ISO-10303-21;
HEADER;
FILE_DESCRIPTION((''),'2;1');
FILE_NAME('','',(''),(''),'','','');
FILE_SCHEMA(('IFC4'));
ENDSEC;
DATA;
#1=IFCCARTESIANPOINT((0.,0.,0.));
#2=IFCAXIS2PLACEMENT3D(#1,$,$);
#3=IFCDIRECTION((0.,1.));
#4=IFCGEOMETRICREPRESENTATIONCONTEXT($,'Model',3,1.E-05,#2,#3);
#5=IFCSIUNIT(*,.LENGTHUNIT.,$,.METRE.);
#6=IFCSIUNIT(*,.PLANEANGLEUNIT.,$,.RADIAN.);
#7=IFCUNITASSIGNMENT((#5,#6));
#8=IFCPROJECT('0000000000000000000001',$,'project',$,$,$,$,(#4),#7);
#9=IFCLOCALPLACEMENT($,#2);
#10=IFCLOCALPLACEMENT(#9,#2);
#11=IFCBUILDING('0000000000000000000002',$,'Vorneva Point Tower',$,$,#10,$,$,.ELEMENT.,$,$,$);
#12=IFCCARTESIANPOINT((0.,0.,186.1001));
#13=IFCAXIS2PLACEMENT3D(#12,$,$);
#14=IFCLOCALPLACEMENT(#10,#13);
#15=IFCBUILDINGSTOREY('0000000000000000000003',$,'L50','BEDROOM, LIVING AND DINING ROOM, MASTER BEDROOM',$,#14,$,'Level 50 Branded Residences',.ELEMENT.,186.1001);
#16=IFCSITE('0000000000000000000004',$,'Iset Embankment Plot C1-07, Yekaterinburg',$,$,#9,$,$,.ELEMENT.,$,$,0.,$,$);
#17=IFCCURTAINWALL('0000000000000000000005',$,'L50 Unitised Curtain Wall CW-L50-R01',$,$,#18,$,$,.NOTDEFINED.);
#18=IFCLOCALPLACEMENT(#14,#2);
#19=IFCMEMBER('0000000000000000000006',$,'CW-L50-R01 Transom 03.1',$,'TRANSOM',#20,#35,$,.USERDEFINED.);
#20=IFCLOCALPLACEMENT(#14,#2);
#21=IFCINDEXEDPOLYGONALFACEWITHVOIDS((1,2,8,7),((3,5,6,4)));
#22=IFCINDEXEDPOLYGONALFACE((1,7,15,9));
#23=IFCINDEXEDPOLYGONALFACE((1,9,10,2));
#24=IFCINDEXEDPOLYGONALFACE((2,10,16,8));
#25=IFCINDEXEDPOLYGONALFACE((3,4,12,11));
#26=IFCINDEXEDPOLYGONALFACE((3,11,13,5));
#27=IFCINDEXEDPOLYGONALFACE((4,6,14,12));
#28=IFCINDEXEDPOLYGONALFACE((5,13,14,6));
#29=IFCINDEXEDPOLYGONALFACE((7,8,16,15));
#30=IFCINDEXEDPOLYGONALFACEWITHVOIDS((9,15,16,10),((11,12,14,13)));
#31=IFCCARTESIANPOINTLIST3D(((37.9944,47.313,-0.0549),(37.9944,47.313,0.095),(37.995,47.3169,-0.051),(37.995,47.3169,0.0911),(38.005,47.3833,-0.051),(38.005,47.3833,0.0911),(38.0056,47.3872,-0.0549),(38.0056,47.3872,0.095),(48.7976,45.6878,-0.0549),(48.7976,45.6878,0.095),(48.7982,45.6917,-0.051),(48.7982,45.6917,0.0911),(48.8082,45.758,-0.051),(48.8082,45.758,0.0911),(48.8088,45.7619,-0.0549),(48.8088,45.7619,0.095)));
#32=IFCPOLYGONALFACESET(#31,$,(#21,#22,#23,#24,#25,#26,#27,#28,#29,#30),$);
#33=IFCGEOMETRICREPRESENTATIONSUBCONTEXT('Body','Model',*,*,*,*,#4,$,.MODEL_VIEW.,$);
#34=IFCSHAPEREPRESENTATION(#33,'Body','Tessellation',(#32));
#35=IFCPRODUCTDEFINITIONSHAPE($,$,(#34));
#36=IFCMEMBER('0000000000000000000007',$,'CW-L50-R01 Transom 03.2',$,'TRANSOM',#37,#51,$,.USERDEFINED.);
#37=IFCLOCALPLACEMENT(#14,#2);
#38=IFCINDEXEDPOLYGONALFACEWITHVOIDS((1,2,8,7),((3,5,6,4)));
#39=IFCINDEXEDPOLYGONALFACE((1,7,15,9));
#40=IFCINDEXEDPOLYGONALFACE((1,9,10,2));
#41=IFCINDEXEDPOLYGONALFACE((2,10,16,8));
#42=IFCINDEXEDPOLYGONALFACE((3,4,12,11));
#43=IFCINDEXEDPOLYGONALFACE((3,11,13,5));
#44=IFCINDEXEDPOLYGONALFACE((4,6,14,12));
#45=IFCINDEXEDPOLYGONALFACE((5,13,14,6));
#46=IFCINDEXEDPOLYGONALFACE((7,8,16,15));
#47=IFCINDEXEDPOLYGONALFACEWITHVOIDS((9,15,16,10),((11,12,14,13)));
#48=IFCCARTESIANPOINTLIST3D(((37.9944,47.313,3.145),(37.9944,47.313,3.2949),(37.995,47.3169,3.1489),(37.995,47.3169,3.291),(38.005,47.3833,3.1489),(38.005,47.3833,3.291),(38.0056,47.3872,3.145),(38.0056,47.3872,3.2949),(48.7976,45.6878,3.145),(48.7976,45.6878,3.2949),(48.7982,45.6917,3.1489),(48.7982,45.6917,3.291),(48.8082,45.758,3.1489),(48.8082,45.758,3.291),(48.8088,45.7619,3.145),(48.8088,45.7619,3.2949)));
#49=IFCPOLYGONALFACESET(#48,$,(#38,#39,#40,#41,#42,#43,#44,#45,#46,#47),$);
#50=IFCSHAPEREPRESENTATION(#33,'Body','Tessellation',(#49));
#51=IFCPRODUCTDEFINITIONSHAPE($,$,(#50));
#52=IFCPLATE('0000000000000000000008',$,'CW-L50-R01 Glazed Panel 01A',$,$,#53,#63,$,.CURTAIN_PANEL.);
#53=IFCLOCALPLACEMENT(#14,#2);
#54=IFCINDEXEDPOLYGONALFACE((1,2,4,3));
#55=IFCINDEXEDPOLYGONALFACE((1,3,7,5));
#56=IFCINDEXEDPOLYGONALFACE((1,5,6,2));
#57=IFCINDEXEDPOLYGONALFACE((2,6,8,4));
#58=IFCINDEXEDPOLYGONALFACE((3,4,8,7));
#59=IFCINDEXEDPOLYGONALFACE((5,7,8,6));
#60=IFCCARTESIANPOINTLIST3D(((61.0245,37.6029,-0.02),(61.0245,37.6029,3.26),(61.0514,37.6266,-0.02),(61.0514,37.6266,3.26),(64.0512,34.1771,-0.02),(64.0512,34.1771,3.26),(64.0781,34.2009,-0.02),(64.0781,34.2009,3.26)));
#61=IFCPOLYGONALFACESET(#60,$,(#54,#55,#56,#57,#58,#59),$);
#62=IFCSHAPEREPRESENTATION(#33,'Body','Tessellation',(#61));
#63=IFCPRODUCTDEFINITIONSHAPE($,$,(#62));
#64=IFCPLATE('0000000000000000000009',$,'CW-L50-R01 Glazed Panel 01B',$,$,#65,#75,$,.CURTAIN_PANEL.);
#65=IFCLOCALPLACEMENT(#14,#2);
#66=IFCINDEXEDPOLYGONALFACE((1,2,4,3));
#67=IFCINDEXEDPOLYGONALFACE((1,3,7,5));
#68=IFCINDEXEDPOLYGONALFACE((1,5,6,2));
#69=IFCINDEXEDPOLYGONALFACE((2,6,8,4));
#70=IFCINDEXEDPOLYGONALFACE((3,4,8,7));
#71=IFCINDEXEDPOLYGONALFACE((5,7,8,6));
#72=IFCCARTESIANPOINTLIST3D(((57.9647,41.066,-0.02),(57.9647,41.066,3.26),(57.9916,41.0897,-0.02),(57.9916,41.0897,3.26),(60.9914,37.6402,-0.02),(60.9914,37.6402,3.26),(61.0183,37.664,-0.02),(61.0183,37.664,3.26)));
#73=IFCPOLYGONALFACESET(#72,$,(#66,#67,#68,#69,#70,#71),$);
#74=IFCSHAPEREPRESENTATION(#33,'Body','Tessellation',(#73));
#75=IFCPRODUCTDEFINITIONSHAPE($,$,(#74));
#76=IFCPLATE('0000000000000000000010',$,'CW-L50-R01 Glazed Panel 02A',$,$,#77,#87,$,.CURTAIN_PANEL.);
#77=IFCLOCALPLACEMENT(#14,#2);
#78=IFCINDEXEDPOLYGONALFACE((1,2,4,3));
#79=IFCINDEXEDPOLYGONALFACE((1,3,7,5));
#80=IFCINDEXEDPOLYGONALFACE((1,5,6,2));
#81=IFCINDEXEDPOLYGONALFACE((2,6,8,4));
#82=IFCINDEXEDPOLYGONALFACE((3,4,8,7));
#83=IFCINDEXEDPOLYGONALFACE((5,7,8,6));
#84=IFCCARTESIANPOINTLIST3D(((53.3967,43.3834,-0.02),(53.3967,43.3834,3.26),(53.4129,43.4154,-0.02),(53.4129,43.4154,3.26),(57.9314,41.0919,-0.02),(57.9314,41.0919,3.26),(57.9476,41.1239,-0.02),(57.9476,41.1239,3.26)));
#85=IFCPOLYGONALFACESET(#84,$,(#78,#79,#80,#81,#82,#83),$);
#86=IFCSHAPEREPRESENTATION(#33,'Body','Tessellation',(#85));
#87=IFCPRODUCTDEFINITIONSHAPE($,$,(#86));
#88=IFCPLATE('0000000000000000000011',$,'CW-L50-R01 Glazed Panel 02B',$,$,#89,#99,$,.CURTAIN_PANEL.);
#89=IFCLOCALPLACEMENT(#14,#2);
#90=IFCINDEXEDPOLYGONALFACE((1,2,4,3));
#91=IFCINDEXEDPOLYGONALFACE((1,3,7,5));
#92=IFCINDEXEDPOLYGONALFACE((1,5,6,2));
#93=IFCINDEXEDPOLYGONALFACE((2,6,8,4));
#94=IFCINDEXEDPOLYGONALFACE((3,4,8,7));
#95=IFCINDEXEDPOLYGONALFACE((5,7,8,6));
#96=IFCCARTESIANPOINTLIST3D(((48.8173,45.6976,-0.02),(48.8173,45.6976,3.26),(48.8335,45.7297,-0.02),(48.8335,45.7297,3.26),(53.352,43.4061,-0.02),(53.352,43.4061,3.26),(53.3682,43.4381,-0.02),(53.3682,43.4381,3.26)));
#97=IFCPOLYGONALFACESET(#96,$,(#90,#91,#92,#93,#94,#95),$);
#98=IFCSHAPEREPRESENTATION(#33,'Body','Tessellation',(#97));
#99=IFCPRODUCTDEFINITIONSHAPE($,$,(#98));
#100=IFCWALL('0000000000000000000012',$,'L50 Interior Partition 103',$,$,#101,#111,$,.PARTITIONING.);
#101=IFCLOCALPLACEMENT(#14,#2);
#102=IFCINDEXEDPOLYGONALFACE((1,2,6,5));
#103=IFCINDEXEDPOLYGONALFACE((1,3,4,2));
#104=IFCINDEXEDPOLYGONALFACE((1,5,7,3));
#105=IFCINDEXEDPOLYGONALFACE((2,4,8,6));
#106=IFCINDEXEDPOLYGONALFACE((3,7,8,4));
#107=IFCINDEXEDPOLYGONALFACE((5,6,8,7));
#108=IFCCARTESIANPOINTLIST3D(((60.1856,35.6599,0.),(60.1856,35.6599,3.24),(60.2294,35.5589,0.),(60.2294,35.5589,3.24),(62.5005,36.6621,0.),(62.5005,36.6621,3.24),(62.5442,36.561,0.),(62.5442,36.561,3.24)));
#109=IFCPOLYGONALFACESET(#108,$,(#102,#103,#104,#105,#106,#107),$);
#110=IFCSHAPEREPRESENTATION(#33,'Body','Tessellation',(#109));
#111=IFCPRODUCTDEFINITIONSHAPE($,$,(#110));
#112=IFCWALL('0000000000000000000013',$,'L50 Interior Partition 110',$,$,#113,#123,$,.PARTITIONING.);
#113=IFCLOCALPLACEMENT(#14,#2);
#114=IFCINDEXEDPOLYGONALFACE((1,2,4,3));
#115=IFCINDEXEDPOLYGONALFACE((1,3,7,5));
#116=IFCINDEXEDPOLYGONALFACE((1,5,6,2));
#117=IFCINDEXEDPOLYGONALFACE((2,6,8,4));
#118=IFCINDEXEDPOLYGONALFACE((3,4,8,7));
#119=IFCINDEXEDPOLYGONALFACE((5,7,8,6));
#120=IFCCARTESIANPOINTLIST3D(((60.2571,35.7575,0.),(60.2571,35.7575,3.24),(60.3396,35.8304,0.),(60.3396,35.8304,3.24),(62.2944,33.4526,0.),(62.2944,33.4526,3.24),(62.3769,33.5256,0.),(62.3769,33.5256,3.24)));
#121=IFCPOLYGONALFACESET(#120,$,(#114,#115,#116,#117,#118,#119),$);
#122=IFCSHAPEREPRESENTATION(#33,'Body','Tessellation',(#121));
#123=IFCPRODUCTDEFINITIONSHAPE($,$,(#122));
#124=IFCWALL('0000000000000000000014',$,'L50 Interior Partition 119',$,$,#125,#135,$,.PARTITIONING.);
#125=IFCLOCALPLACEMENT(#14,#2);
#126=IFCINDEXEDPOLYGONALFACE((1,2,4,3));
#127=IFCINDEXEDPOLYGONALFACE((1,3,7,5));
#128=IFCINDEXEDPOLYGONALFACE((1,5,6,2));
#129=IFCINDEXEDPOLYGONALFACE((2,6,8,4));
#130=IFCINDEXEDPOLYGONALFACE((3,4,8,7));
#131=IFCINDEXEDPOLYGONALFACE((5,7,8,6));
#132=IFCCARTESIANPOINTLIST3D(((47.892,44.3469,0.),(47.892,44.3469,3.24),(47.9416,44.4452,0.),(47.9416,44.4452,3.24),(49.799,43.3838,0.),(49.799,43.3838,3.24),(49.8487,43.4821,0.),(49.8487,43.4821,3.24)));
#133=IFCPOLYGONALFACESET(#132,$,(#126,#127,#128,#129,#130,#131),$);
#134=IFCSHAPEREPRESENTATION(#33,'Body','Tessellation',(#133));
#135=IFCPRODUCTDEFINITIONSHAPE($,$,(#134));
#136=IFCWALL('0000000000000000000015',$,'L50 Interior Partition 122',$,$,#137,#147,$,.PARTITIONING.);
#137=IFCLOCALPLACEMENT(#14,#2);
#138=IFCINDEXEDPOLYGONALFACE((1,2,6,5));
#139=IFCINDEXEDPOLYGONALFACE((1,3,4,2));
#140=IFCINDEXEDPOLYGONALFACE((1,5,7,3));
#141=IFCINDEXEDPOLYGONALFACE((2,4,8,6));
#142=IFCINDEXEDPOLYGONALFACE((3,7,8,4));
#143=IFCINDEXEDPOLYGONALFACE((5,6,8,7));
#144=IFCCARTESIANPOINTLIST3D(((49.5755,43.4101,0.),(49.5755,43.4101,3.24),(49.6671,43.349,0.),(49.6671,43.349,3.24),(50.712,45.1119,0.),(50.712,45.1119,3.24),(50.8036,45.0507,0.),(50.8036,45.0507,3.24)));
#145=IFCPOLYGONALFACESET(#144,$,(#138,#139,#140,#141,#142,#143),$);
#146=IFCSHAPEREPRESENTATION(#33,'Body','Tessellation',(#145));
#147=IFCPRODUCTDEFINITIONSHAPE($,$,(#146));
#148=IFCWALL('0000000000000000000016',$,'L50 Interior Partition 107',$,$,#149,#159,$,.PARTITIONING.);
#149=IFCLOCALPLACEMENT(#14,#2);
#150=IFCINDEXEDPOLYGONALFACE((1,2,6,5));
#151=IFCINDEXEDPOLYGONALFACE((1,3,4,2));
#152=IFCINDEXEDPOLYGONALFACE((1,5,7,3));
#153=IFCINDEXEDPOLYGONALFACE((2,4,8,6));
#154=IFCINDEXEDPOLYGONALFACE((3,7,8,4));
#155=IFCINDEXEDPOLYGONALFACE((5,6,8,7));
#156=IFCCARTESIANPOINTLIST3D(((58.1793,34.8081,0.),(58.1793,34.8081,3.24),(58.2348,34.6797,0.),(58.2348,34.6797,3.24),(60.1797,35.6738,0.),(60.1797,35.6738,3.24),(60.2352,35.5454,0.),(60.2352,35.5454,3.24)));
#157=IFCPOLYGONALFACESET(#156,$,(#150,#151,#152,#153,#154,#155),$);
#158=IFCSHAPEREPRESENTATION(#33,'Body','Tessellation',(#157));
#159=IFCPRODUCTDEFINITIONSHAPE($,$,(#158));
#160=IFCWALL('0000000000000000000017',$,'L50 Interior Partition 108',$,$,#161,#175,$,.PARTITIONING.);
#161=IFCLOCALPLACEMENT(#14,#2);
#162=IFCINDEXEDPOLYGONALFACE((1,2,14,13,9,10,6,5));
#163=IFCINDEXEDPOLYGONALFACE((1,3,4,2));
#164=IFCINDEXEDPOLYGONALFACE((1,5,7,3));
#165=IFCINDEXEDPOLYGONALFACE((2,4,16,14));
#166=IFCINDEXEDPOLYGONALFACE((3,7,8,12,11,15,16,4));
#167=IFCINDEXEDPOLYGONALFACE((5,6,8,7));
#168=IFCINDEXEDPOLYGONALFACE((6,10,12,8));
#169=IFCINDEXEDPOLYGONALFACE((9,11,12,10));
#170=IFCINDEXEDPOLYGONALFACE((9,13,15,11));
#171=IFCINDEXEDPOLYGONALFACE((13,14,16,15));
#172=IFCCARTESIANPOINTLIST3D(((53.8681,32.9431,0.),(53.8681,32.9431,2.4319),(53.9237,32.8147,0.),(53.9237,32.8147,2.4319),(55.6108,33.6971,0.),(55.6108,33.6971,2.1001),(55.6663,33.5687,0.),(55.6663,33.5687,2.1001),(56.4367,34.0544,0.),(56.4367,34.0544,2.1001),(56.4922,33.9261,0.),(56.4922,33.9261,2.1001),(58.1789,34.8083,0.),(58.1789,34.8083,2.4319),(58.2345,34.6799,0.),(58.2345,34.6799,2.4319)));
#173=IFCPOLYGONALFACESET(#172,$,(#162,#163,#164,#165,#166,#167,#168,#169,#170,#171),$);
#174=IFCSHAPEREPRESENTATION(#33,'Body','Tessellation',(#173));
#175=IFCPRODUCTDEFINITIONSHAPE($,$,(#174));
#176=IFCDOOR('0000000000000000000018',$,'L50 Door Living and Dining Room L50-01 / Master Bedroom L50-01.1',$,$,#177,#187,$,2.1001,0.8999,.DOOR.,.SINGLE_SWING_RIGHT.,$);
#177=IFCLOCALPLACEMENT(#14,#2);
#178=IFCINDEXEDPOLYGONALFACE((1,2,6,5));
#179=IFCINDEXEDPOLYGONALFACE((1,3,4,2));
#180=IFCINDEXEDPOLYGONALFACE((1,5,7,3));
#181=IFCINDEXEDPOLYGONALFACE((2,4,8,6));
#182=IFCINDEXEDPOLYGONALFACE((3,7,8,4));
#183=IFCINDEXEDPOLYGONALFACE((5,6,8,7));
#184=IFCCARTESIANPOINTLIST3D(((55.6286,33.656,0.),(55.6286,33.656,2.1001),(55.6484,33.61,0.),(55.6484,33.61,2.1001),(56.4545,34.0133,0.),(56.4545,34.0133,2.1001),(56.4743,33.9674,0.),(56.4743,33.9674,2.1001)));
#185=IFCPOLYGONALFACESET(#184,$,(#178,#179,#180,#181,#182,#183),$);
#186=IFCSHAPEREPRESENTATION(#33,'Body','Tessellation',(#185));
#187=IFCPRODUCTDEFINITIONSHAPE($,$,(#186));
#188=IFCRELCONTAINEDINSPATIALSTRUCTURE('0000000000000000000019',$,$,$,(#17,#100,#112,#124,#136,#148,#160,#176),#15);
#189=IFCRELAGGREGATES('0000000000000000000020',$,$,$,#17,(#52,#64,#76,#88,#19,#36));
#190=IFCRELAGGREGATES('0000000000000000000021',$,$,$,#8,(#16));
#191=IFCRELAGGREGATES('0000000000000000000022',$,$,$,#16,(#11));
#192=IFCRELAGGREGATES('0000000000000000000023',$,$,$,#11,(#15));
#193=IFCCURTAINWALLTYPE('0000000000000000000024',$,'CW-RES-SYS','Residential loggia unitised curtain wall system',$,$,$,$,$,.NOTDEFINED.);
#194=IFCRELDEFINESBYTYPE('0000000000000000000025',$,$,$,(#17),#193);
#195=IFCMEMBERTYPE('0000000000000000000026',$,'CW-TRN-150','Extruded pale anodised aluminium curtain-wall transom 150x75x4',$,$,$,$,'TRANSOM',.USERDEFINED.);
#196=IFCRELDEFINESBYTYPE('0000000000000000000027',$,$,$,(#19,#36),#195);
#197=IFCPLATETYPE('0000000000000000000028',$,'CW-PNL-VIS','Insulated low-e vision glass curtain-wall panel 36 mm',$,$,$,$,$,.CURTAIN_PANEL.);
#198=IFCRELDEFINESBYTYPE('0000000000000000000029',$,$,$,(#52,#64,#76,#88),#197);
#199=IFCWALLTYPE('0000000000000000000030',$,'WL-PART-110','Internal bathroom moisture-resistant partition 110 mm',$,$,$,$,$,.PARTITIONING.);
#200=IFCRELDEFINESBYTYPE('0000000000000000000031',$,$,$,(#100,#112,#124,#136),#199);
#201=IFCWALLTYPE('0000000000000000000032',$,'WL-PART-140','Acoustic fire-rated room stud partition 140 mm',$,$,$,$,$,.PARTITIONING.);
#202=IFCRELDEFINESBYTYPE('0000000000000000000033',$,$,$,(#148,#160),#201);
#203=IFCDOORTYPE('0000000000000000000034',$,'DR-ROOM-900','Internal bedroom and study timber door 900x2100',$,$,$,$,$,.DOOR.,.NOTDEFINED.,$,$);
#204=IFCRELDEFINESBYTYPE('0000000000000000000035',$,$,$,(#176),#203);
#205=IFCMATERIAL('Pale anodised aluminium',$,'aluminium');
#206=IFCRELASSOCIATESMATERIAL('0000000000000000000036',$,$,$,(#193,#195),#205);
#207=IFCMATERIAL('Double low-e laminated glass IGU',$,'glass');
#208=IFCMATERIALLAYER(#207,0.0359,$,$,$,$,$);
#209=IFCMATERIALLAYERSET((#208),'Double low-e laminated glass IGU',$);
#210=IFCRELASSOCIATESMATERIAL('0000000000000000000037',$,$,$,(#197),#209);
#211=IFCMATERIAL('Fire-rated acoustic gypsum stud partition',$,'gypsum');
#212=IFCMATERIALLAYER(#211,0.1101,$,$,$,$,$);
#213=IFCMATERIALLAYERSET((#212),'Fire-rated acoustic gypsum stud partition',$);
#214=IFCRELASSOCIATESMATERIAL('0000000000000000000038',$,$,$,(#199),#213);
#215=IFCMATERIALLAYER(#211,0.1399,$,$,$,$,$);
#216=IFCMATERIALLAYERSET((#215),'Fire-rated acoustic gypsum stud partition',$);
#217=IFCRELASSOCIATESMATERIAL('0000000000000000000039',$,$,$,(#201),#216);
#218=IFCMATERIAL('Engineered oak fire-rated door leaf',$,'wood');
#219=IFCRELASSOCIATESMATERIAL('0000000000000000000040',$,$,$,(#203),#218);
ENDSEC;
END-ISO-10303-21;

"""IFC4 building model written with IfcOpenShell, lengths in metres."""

from ifc_helpers import new_model, si_unit, direction, frame, frame_2d, origin, origin_2d, place, context, subcontext, project, spatial, rectangle, hollow_rectangle, extrude, material, layer, layer_set, material_profile, profile_set, type_object, element, fill, aggregate, save


model = new_model("IFC4")

# Units and contexts
model_context = context("Model", 3, precision=1e-05, world=origin(), true_north=direction((0.0, 1.0)))
body_context = subcontext(model_context, "Body", "Model", "MODEL_VIEW")
ifc_project = project(units=[si_unit("LENGTHUNIT", "METRE"), si_unit("PLANEANGLEUNIT", "RADIAN")], contexts=[model_context])

# Site, building, storey
site_placement = place(None, origin())
site = spatial("IfcSite", under=ifc_project, at=site_placement, Name="Iset Embankment Plot C1-07, Yekaterinburg", CompositionType="ELEMENT", RefElevation=0.0)
building_placement = place(site_placement, origin())
building = spatial("IfcBuilding", under=site, at=building_placement, Name="Vorneva Point Tower", CompositionType="ELEMENT")
storey_placement = place(building_placement, frame((0.0, 0.0, 186.1001)))
storey = spatial("IfcBuildingStorey", under=building, at=storey_placement, Name="L50", Description="BEDROOM, LIVING AND DINING ROOM, MASTER BEDROOM", LongName="Level 50 Branded Residences", CompositionType="ELEMENT", Elevation=186.1001)

# Curtain wall, members, plates
ifc_material_1 = material(Name="Pale anodised aluminium", Category="aluminium")
curtain_wall_type = type_object("IfcCurtainWallType", Name="CW-RES-SYS", Description="Residential loggia unitised curtain wall system", PredefinedType="NOTDEFINED", material=ifc_material_1)
curtain_wall_placement = place(storey_placement, origin())
curtain_wall = element("IfcCurtainWall", 1, at=curtain_wall_placement, inside=storey, type_object=curtain_wall_type, Name="L50 Unitised Curtain Wall CW-L50-R01", PredefinedType="NOTDEFINED")
ifc_material_profile_1 = material_profile(ifc_material_1, hollow_rectangle(XDim=0.075, YDim=0.1499, WallThickness=0.0039, at=origin_2d()), Name="AL-TRN 150x75x4")
ifc_profile_set_1 = profile_set([ifc_material_profile_1], Name="Pale anodised aluminium")
member_type_1 = type_object("IfcMemberType", Name="CW-TRN-150", Description="Extruded pale anodised aluminium curtain-wall transom 150x75x4", ElementType="TRANSOM", PredefinedType="USERDEFINED", material=ifc_profile_set_1)
member_1_placement = place(storey_placement, frame((48.8032, 45.7249, 0.02), z_axis=(-0.988872, 0.148767, 0.0), x_axis=(-0.148767, -0.988872, 0.0)))
member_1 = element("IfcMember", 2, at=member_1_placement, type_object=member_type_1, Name="CW-L50-R01 Transom 03.1", ObjectType="TRANSOM", PredefinedType="USERDEFINED", context=body_context, shape_type="SweptSolid", body=[
    extrude(hollow_rectangle(XDim=0.075, YDim=0.1499, WallThickness=0.0039, at=origin_2d()), origin(), (0.0, 0.0, 1.0), 10.9248),
])
member_2_placement = place(storey_placement, frame((48.8032, 45.7249, 3.22), z_axis=(-0.988872, 0.148767, 0.0), x_axis=(-0.148767, -0.988872, 0.0)))
member_2 = element("IfcMember", 3, at=member_2_placement, type_object=member_type_1, Name="CW-L50-R01 Transom 03.2", ObjectType="TRANSOM", PredefinedType="USERDEFINED", context=body_context, shape_type="SweptSolid", body=[
    extrude(hollow_rectangle(XDim=0.075, YDim=0.1499, WallThickness=0.0039, at=origin_2d()), origin(), (0.0, 0.0, 1.0), 10.9248),
])
ifc_material_2 = material(Name="Double low-e laminated glass IGU", Category="glass")
ifc_layer_1 = layer(ifc_material_2, 0.0359)
ifc_layer_set_1 = layer_set([ifc_layer_1], Name="Double low-e laminated glass IGU")
plate_type = type_object("IfcPlateType", Name="CW-PNL-VIS", Description="Insulated low-e vision glass curtain-wall panel 36 mm", PredefinedType="CURTAIN_PANEL", material=ifc_layer_set_1)
plate_1_placement = place(storey_placement, frame((62.5513, 35.9019, -0.02), z_axis=(0.0, 0.0, 1.0), x_axis=(-0.66211, 0.749407, 0.0)))
plate_1 = element("IfcPlate", 4, at=plate_1_placement, type_object=plate_type, Name="CW-L50-R01 Glazed Panel 01A", PredefinedType="CURTAIN_PANEL", context=body_context, shape_type="SweptSolid", body=[
    extrude(rectangle(XDim=4.5713, YDim=0.0359, at=origin_2d()), origin(), (0.0, 0.0, 1.0), 3.28),
])
plate_2_placement = place(storey_placement, frame((59.4915, 39.365, -0.02), z_axis=(0.0, 0.0, 1.0), x_axis=(-0.66211, 0.749407, 0.0)))
plate_2 = element("IfcPlate", 5, at=plate_2_placement, type_object=plate_type, Name="CW-L50-R01 Glazed Panel 01B", PredefinedType="CURTAIN_PANEL", context=body_context, shape_type="SweptSolid", body=[
    extrude(rectangle(XDim=4.5713, YDim=0.0359, at=origin_2d()), origin(), (0.0, 0.0, 1.0), 3.28),
])
plate_3_placement = place(storey_placement, frame((55.6721, 42.2537, -0.02), z_axis=(0.0, 0.0, 1.0), x_axis=(-0.892515, 0.451018, 0.0)))
plate_3 = element("IfcPlate", 6, at=plate_3_placement, type_object=plate_type, Name="CW-L50-R01 Glazed Panel 02A", PredefinedType="CURTAIN_PANEL", context=body_context, shape_type="SweptSolid", body=[
    extrude(rectangle(XDim=5.0808, YDim=0.0359, at=origin_2d()), origin(), (0.0, 0.0, 1.0), 3.28),
])
plate_4_placement = place(storey_placement, frame((51.0928, 44.5679, -0.02), z_axis=(0.0, 0.0, 1.0), x_axis=(-0.892515, 0.451018, 0.0)))
plate_4 = element("IfcPlate", 7, at=plate_4_placement, type_object=plate_type, Name="CW-L50-R01 Glazed Panel 02B", PredefinedType="CURTAIN_PANEL", context=body_context, shape_type="SweptSolid", body=[
    extrude(rectangle(XDim=5.0808, YDim=0.0359, at=origin_2d()), origin(), (0.0, 0.0, 1.0), 3.28),
])
aggregate(curtain_wall, [plate_1, plate_2, plate_3, plate_4, member_1, member_2])

# Walls
ifc_material_3 = material(Name="Fire-rated acoustic gypsum stud partition", Category="gypsum")
ifc_layer_2 = layer(ifc_material_3, 0.1101)
ifc_layer_set_2 = layer_set([ifc_layer_2], Name="Fire-rated acoustic gypsum stud partition")
wall_type_1 = type_object("IfcWallType", Name="WL-PART-110", Description="Internal bathroom moisture-resistant partition 110 mm", PredefinedType="PARTITIONING", material=ifc_layer_set_2)
wall_1_placement = place(storey_placement, frame((60.2075, 35.6094, 0.0), z_axis=(0.0, 0.0, 1.0), x_axis=(0.917692, 0.397292, 0.0)))
element("IfcWall", 8, at=wall_1_placement, inside=storey, type_object=wall_type_1, Name="L50 Interior Partition 103", PredefinedType="PARTITIONING", context=body_context, shape_type="SweptSolid", body=[
    extrude(rectangle(XDim=2.5225, YDim=0.1101, at=frame_2d((1.2612, 0.0))), origin(), (0.0, 0.0, 1.0), 3.24),
])
wall_2_placement = place(storey_placement, frame((60.2983, 35.7939, 0.0), z_axis=(0.0, 0.0, 1.0), x_axis=(0.662278, -0.749259, 0.0)))
element("IfcWall", 9, at=wall_2_placement, inside=storey, type_object=wall_type_1, Name="L50 Interior Partition 110", PredefinedType="PARTITIONING", context=body_context, shape_type="SweptSolid", body=[
    extrude(rectangle(XDim=3.0762, YDim=0.1101, at=frame_2d((1.5381, 0.0))), origin(), (0.0, 0.0, 1.0), 3.24),
])
wall_3_placement = place(storey_placement, frame((49.824, 43.4329, 0.0), z_axis=(0.0, 0.0, 1.0), x_axis=(-0.892614, 0.450821, 0.0)))
element("IfcWall", 10, at=wall_3_placement, inside=storey, type_object=wall_type_1, Name="L50 Interior Partition 119", PredefinedType="PARTITIONING", context=body_context, shape_type="SweptSolid", body=[
    extrude(rectangle(XDim=2.1365, YDim=0.1101, at=frame_2d((1.0684, 0.0))), origin(), (0.0, 0.0, 1.0), 3.24),
])
wall_4_placement = place(storey_placement, frame((50.7578, 45.0813, 0.0), z_axis=(0.0, 0.0, 1.0), x_axis=(-0.555388, -0.831591, 0.0)))
element("IfcWall", 11, at=wall_4_placement, inside=storey, type_object=wall_type_1, Name="L50 Interior Partition 122", PredefinedType="PARTITIONING", context=body_context, shape_type="SweptSolid", body=[
    extrude(rectangle(XDim=2.0464, YDim=0.1101, at=frame_2d((1.0232, 0.0))), origin(), (0.0, 0.0, 1.0), 3.24),
])
ifc_layer_3 = layer(ifc_material_3, 0.1399)
ifc_layer_set_3 = layer_set([ifc_layer_3], Name="Fire-rated acoustic gypsum stud partition")
wall_type_2 = type_object("IfcWallType", Name="WL-PART-140", Description="Acoustic fire-rated room stud partition 140 mm", PredefinedType="PARTITIONING", material=ifc_layer_set_3)
wall_5_placement = place(storey_placement, frame((58.207, 34.7439, 0.0), z_axis=(0.0, 0.0, 1.0), x_axis=(0.917749, 0.397161, 0.0)))
element("IfcWall", 12, at=wall_5_placement, inside=storey, type_object=wall_type_2, Name="L50 Interior Partition 107", PredefinedType="PARTITIONING", context=body_context, shape_type="SweptSolid", body=[
    extrude(rectangle(XDim=2.1797, YDim=0.1399, at=frame_2d((1.0898, 0.0))), origin(), (0.0, 0.0, 1.0), 3.24),
])

# Wall, opening, door
wall_6_placement = place(storey_placement, frame((58.2068, 34.7441, 0.0), z_axis=(0.0, 0.0, 1.0), x_axis=(-0.917771, -0.39711, 0.0)))
wall_6 = element("IfcWall", 13, at=wall_6_placement, inside=storey, type_object=wall_type_2, Name="L50 Interior Partition 108", PredefinedType="PARTITIONING", context=body_context, shape_type="SweptSolid", body=[
    extrude(rectangle(XDim=4.697, YDim=0.1399, at=frame_2d((2.3486, 0.0))), origin(), (0.0, 0.0, 1.0), 2.4319),
])
opening_1_placement = place(wall_6_placement, frame((1.8984, 0.0, 0.0)))
opening_1 = element("IfcOpeningElement", 14, at=opening_1_placement, cuts=wall_6, PredefinedType="OPENING", context=body_context, shape_type="SweptSolid", body=[
    extrude(rectangle(XDim=0.8999, YDim=2.1001, at=frame_2d((0.45, 1.05))), frame((0.0, 0.085, 0.0), z_axis=(0.0, -1.0, 0.0), x_axis=(1.0, 0.0, 0.0)), (0.0, 0.0, 1.0), 0.1697),
])
ifc_material_4 = material(Name="Engineered oak fire-rated door leaf", Category="wood")
door_type_1 = type_object("IfcDoorType", Name="DR-ROOM-900", Description="Internal bedroom and study timber door 900x2100", OperationType="NOTDEFINED", PredefinedType="DOOR", material=ifc_material_4)
door_1_placement = place(opening_1_placement, origin())
door_1 = element("IfcDoor", 15, at=door_1_placement, inside=storey, type_object=door_type_1, Name="L50 Door Living and Dining Room L50-01 / Master Bedroom L50-01.1", OperationType="SINGLE_SWING_RIGHT", OverallHeight=2.1001, OverallWidth=0.8999, PredefinedType="DOOR", context=body_context, shape_type="SweptSolid", body=[
    extrude(rectangle(XDim=0.8999, YDim=2.1001, at=frame_2d((0.45, 1.05))), frame((0.0, 0.0249, 0.0), z_axis=(0.0, -1.0, 0.0), x_axis=(1.0, 0.0, 0.0)), (0.0, 0.0, 1.0), 0.05),
])
fill(opening_1, door_1)

save(model, "model.ifc")
